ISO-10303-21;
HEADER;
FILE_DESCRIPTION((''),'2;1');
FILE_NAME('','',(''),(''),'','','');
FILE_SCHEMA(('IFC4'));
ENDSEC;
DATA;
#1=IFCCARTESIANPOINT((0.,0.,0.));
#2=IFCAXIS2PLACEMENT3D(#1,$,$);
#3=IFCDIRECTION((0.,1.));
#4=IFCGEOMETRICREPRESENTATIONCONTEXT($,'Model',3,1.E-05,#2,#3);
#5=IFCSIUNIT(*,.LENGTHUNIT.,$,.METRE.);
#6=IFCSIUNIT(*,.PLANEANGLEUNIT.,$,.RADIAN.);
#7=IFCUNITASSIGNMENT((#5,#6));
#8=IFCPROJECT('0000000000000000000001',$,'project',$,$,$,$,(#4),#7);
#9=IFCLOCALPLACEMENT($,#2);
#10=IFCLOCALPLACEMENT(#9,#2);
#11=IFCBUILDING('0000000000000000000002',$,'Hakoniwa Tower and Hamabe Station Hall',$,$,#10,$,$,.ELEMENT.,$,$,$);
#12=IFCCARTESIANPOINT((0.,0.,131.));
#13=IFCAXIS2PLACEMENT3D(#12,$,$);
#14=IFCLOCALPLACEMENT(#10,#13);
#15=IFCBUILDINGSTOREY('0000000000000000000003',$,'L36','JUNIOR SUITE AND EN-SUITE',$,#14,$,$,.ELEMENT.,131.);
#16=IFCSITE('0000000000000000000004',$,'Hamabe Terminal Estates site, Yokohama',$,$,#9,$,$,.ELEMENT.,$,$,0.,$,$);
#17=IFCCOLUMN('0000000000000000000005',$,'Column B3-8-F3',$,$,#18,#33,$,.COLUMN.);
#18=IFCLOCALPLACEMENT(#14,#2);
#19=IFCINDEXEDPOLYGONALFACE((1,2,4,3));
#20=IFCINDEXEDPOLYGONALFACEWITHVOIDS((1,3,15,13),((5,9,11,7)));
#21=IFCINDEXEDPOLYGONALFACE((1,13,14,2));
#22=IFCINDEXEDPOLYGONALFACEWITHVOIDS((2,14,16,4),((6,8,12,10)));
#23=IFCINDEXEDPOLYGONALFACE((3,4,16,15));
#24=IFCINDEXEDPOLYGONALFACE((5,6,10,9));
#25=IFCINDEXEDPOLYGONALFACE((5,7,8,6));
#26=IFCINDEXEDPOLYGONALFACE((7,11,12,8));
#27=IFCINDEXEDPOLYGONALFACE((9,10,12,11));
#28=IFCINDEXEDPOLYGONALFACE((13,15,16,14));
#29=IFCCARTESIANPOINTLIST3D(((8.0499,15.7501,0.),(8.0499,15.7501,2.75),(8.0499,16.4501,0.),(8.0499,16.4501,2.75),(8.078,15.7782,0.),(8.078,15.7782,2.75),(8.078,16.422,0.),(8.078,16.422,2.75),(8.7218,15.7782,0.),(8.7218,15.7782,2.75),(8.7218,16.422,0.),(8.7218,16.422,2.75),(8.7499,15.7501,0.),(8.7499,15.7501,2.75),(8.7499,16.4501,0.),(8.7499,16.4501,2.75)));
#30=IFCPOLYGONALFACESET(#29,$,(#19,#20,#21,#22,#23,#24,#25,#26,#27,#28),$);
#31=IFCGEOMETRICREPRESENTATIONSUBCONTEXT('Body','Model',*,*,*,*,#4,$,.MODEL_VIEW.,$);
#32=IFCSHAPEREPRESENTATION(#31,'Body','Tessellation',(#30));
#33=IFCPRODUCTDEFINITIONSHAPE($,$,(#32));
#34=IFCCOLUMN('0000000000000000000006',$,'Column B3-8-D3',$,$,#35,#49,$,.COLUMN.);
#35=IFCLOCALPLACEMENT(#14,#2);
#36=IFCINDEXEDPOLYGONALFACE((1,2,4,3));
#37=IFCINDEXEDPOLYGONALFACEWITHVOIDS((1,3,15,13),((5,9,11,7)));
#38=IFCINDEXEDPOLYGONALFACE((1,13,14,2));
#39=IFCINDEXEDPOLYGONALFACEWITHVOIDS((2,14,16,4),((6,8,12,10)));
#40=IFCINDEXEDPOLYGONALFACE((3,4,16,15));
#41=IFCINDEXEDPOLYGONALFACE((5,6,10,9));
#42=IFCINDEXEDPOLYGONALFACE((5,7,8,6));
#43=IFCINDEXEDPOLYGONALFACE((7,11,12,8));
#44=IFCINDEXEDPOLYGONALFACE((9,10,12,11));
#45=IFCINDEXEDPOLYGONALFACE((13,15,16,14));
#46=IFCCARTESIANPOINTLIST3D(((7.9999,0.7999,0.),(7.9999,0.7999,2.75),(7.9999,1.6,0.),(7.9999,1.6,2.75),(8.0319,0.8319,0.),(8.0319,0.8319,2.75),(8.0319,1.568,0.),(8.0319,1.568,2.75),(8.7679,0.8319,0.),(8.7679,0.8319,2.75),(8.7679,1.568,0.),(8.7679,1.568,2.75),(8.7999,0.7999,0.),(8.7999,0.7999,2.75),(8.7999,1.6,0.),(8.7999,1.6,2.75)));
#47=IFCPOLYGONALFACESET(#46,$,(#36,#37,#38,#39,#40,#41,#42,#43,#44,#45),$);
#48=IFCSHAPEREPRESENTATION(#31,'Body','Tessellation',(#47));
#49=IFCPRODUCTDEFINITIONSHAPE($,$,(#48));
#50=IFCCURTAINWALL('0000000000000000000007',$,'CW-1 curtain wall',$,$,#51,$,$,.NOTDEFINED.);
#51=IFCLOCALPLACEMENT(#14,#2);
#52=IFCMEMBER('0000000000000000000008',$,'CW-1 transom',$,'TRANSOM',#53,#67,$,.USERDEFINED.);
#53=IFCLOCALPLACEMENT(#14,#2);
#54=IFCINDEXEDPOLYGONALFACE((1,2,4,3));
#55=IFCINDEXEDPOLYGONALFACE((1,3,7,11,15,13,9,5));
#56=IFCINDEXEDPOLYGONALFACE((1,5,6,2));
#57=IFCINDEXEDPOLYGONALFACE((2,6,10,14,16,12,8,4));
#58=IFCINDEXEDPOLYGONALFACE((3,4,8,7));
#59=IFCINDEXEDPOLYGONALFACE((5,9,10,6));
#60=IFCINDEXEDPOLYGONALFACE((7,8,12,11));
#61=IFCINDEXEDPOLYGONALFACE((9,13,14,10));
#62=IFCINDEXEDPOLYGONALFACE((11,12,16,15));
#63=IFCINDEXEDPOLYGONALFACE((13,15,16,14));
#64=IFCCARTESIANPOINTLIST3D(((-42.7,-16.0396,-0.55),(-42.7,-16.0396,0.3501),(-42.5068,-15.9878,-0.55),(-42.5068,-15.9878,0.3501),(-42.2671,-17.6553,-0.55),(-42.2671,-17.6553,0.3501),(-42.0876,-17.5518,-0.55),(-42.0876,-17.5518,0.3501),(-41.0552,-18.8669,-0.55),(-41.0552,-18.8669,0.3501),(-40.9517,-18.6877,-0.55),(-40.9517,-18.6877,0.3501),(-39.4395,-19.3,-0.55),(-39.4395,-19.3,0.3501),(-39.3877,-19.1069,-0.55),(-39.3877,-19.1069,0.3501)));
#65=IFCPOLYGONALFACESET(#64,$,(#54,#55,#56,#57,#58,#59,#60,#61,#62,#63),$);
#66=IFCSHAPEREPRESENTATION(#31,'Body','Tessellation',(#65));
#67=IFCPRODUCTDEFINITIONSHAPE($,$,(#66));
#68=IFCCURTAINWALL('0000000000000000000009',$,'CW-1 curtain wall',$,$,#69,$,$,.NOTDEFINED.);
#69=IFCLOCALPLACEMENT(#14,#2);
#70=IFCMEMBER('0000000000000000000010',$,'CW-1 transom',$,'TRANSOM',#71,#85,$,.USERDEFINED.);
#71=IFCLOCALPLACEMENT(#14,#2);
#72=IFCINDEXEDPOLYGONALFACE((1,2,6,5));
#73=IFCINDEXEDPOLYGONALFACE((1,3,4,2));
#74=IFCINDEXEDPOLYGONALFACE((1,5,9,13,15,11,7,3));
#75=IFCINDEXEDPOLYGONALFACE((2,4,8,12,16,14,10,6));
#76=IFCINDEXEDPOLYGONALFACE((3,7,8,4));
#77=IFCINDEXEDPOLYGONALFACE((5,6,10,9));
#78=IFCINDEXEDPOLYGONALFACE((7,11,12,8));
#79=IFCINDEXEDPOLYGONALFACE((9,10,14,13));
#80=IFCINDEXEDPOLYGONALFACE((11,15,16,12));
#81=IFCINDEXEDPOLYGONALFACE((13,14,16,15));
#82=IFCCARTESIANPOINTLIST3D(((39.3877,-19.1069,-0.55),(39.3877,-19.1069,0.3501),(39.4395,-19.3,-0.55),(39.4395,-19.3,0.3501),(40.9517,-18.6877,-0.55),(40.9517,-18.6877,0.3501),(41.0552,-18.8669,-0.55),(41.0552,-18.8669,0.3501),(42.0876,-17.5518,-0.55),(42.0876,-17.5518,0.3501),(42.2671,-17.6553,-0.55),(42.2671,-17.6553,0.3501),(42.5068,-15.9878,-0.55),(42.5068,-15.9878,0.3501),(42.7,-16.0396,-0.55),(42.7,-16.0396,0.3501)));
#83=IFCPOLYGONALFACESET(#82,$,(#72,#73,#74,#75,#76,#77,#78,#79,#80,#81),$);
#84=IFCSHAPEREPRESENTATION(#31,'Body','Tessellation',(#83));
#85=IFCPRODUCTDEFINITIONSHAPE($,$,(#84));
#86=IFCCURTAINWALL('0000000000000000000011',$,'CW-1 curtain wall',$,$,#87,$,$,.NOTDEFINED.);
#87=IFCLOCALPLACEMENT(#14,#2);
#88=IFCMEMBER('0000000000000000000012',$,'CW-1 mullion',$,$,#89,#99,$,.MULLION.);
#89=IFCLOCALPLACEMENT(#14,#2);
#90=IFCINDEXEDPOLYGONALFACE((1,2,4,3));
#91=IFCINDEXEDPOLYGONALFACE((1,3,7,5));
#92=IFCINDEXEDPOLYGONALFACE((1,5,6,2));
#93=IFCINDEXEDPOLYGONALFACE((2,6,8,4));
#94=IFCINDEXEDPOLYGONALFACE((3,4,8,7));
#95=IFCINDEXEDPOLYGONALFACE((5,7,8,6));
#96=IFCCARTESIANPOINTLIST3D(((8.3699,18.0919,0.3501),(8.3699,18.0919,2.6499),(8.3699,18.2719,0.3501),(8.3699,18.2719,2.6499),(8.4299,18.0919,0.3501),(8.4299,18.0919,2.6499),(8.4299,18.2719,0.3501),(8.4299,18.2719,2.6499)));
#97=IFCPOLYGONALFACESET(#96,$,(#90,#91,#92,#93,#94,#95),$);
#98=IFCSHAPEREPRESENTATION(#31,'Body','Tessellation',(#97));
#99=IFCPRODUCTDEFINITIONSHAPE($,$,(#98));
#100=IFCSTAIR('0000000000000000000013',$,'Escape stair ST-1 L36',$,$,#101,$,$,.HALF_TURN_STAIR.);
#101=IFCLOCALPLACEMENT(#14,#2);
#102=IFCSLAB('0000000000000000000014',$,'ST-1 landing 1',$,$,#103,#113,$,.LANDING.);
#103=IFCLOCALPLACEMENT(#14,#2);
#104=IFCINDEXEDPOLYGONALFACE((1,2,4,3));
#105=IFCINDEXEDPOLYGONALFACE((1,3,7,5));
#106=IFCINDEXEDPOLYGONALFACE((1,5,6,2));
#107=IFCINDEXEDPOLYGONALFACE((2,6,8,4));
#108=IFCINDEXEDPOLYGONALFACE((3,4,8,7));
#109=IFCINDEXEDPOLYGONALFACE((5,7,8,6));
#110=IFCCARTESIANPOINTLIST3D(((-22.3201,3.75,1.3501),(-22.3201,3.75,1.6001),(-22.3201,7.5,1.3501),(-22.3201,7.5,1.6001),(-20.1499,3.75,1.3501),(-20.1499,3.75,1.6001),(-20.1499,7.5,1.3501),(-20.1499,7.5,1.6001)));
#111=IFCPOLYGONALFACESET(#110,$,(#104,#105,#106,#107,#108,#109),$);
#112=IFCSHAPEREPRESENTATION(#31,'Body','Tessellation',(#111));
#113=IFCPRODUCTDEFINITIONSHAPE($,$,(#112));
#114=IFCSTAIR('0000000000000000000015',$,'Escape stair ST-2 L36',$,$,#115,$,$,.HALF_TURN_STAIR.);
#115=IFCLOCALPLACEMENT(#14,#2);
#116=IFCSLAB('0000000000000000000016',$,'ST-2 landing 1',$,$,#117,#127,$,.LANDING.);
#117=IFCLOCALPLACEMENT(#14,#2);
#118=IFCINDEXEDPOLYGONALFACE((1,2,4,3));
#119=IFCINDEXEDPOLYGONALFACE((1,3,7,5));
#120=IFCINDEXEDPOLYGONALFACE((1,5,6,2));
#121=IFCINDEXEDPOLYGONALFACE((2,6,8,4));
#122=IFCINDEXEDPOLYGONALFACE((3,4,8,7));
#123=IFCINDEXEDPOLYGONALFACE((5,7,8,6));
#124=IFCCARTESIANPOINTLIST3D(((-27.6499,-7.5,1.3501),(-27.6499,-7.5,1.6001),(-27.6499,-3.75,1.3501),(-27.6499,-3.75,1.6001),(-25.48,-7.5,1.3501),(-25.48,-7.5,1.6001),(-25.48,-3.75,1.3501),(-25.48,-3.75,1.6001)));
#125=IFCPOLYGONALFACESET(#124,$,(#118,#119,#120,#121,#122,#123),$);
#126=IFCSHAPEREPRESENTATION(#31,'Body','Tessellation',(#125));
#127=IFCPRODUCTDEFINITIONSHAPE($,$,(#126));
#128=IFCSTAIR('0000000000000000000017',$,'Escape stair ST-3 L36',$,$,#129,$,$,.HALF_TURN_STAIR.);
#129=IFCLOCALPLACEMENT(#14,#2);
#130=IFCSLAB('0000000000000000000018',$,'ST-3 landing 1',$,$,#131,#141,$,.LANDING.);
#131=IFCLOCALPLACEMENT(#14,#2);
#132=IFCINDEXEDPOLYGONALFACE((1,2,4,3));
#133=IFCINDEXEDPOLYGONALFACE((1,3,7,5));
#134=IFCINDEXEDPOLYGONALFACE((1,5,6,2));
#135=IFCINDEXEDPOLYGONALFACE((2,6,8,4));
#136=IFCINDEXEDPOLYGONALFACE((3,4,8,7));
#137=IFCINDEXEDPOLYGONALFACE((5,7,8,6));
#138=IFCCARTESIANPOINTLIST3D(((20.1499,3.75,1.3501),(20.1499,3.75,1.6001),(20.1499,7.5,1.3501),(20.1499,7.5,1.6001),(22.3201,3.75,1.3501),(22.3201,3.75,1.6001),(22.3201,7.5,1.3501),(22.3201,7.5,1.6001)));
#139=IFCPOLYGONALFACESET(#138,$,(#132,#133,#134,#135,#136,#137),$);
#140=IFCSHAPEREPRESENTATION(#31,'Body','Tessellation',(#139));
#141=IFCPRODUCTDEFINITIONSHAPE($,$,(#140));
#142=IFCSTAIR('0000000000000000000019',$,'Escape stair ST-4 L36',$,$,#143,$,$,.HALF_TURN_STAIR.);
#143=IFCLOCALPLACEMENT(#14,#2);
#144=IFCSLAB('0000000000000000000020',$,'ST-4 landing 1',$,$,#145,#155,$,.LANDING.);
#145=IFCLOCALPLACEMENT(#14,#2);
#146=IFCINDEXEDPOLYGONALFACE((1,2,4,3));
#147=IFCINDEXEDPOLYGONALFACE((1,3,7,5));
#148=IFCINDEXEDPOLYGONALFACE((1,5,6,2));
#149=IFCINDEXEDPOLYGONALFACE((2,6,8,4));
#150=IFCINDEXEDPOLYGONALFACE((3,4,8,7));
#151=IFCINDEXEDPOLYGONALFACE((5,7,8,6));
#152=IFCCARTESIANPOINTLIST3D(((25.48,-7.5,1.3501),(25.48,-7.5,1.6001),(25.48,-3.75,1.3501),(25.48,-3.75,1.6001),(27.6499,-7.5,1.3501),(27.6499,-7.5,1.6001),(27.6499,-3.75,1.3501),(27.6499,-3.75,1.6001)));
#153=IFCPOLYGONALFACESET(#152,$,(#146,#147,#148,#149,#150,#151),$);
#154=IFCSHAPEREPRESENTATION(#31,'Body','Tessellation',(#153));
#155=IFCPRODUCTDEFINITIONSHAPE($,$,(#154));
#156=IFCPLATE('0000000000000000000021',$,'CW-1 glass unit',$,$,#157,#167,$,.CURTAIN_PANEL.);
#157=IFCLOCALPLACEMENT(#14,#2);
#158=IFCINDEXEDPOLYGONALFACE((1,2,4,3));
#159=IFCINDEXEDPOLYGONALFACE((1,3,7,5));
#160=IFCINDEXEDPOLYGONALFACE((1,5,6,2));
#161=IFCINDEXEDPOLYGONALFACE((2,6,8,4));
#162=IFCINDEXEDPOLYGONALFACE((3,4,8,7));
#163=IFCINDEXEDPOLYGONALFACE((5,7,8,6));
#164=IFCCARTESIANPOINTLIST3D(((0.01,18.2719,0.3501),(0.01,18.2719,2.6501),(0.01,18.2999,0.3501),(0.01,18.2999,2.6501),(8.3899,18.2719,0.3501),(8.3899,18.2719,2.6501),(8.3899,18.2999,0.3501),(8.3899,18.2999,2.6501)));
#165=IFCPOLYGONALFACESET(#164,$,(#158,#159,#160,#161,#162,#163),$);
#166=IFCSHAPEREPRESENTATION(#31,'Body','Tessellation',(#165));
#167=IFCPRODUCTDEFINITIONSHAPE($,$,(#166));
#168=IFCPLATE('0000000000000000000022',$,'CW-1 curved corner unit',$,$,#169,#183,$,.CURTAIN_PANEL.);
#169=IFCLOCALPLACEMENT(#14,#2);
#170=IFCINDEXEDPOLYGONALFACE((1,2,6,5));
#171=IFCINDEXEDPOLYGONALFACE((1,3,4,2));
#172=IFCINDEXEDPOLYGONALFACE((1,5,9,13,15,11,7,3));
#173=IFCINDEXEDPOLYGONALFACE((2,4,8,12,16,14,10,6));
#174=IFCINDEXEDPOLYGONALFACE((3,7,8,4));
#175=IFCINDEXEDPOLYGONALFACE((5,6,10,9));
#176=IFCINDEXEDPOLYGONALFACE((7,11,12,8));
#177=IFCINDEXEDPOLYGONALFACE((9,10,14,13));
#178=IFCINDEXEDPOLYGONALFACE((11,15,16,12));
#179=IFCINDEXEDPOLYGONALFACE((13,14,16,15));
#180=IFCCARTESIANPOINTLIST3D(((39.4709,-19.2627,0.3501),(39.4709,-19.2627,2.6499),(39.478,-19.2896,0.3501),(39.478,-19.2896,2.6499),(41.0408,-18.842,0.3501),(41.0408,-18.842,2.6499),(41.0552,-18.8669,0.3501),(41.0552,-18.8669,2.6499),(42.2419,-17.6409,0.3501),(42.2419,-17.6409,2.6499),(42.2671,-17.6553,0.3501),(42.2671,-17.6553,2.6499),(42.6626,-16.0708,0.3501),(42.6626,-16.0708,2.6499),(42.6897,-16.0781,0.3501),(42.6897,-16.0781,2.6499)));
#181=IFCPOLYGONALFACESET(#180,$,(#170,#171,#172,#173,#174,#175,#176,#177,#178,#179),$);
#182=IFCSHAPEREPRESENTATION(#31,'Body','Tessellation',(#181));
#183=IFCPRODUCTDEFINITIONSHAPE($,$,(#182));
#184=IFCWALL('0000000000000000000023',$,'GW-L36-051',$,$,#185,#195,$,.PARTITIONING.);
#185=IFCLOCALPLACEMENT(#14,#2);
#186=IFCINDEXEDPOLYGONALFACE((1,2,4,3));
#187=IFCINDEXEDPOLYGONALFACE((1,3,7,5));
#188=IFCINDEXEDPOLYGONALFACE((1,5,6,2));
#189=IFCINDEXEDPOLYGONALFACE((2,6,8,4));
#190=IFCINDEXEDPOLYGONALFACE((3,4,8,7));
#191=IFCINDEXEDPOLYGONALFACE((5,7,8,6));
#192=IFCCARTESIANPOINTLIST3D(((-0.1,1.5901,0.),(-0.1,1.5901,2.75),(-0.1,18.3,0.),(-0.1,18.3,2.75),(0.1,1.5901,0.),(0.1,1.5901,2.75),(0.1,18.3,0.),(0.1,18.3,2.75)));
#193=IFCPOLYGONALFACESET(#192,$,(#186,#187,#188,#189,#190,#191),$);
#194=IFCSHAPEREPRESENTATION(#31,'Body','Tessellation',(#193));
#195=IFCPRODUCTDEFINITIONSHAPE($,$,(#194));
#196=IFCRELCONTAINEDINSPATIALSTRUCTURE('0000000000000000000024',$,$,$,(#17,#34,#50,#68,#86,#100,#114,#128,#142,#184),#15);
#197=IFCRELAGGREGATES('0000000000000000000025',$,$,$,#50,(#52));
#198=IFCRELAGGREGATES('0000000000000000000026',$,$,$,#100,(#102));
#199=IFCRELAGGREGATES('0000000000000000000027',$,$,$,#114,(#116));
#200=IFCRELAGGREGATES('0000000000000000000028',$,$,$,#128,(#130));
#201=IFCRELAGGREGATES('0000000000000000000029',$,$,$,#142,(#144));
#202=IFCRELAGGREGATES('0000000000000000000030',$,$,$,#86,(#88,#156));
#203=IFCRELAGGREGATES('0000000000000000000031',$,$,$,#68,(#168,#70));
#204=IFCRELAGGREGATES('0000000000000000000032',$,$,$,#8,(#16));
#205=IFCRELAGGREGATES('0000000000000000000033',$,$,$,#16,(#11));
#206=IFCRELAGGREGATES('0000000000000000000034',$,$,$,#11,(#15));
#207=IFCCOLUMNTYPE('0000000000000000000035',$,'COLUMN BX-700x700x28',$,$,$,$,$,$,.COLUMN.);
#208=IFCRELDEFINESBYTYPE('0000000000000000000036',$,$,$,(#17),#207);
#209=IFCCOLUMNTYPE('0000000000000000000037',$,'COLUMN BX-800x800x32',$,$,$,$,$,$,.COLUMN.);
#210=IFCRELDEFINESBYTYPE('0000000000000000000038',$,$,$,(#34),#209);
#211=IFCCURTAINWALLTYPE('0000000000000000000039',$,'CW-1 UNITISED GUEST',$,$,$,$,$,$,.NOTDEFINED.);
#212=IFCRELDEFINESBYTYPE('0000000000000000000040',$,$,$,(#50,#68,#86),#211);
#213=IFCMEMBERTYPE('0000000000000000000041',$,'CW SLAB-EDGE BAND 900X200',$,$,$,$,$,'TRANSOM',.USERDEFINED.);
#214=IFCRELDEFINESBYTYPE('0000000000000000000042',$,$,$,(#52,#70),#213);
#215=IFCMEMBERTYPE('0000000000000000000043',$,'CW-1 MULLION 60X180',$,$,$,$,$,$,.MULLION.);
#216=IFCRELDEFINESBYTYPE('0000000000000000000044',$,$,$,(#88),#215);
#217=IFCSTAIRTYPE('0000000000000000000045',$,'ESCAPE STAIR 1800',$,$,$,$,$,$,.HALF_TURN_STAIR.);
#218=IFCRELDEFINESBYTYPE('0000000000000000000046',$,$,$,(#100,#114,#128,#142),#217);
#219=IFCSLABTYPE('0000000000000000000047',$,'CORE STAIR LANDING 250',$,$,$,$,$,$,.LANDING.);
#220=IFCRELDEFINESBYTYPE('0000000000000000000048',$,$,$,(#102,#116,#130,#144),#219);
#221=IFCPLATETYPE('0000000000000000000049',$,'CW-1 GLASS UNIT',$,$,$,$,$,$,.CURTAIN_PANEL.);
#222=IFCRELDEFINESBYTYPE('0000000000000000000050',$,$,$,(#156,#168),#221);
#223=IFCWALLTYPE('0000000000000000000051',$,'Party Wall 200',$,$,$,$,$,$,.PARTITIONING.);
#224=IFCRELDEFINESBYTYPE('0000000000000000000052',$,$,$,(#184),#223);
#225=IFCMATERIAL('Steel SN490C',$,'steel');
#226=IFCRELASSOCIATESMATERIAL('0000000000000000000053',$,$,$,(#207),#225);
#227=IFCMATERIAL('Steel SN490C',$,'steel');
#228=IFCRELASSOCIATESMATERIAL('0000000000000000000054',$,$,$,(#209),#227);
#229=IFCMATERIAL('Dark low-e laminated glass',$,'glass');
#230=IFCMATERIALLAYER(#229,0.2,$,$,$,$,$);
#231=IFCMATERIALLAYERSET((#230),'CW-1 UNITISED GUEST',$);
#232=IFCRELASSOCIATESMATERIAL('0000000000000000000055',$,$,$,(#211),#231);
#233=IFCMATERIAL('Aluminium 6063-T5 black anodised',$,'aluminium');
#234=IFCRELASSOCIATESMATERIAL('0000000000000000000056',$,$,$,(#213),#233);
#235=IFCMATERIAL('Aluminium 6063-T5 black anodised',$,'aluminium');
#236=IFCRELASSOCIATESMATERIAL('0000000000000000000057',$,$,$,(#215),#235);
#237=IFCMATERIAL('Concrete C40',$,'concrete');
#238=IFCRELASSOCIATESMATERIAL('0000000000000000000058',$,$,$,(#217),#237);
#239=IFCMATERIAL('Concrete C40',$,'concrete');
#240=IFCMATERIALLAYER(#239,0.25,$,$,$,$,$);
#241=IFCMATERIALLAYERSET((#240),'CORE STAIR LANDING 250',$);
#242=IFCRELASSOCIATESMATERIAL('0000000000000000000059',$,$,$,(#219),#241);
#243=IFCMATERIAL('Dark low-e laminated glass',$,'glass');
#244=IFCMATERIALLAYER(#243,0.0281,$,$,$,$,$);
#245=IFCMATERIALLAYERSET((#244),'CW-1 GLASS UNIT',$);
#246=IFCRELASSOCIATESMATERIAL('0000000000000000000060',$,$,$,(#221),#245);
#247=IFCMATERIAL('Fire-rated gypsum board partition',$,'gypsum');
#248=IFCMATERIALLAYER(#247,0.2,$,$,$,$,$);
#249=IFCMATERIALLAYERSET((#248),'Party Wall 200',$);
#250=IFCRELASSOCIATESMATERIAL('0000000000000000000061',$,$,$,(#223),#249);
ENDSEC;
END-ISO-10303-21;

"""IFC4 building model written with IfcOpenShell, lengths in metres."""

from ifc_helpers import new_model, si_unit, direction, frame, frame_2d, origin, origin_2d, place, context, subcontext, project, spatial, polyline, rectangle, hollow_rectangle, outline, extrude, material, layer, layer_set, material_profile, profile_set, type_object, element, aggregate, save


model = new_model("IFC4")

# Units and contexts
model_context = context("Model", 3, precision=1e-05, world=origin(), true_north=direction((0.0, 1.0)))
body_context = subcontext(model_context, "Body", "Model", "MODEL_VIEW")
ifc_project = project(units=[si_unit("LENGTHUNIT", "METRE"), si_unit("PLANEANGLEUNIT", "RADIAN")], contexts=[model_context])

# Site, building, storey
site_placement = place(None, origin())
site = spatial("IfcSite", under=ifc_project, at=site_placement, Name="Hamabe Terminal Estates site, Yokohama", CompositionType="ELEMENT", RefElevation=0.0)
building_placement = place(site_placement, origin())
building = spatial("IfcBuilding", under=site, at=building_placement, Name="Hakoniwa Tower and Hamabe Station Hall", CompositionType="ELEMENT")
storey_placement = place(building_placement, frame((0.0, 0.0, 131.0)))
storey = spatial("IfcBuildingStorey", under=building, at=storey_placement, Name="L36", Description="JUNIOR SUITE AND EN-SUITE", CompositionType="ELEMENT", Elevation=131.0)

# Columns
ifc_material_1 = material(Name="Steel SN490C", Category="steel")
ifc_material_profile_1 = material_profile(ifc_material_1, hollow_rectangle(XDim=0.7, YDim=0.7, WallThickness=0.0281, at=origin_2d()), Name="BX-700x700x28")
ifc_profile_set_1 = profile_set([ifc_material_profile_1], Name="Steel SN490C")
column_type_1 = type_object("IfcColumnType", Name="COLUMN BX-700x700x28", PredefinedType="COLUMN", material=ifc_profile_set_1)
column_1_placement = place(storey_placement, frame((8.3999, 16.1001, 0.0), z_axis=(0.0, 0.0, 1.0), x_axis=(1.0, 0.0, 0.0)))
element("IfcColumn", 1, at=column_1_placement, inside=storey, type_object=column_type_1, Name="Column B3-8-F3", PredefinedType="COLUMN", context=body_context, shape_type="SweptSolid", body=[
    extrude(hollow_rectangle(XDim=0.7, YDim=0.7, WallThickness=0.0281, at=origin_2d()), origin(), (0.0, 0.0, 1.0), 2.75),
])
ifc_material_2 = material(Name="Steel SN490C", Category="steel")
ifc_material_profile_2 = material_profile(ifc_material_2, hollow_rectangle(XDim=0.8, YDim=0.8, WallThickness=0.032, at=origin_2d()), Name="BX-800x800x32")
ifc_profile_set_2 = profile_set([ifc_material_profile_2], Name="Steel SN490C")
column_type_2 = type_object("IfcColumnType", Name="COLUMN BX-800x800x32", PredefinedType="COLUMN", material=ifc_profile_set_2)
column_2_placement = place(storey_placement, frame((8.3999, 1.2, 0.0), z_axis=(0.0, 0.0, 1.0), x_axis=(1.0, 0.0, 0.0)))
element("IfcColumn", 2, at=column_2_placement, inside=storey, type_object=column_type_2, Name="Column B3-8-D3", PredefinedType="COLUMN", context=body_context, shape_type="SweptSolid", body=[
    extrude(hollow_rectangle(XDim=0.8, YDim=0.8, WallThickness=0.032, at=origin_2d()), origin(), (0.0, 0.0, 1.0), 2.75),
])

# Curtain walls, members
ifc_material_3 = material(Name="Dark low-e laminated glass", Category="glass")
ifc_layer_1 = layer(ifc_material_3, 0.2)
ifc_layer_set_1 = layer_set([ifc_layer_1], Name="CW-1 UNITISED GUEST")
curtain_wall_type = type_object("IfcCurtainWallType", Name="CW-1 UNITISED GUEST", PredefinedType="NOTDEFINED", material=ifc_layer_set_1)
curtain_wall_1_placement = place(storey_placement, origin())
curtain_wall_1 = element("IfcCurtainWall", 3, at=curtain_wall_1_placement, inside=storey, type_object=curtain_wall_type, Name="CW-1 curtain wall", PredefinedType="NOTDEFINED")
ifc_material_4 = material(Name="Aluminium 6063-T5 black anodised", Category="aluminium")
ifc_material_profile_3 = material_profile(ifc_material_4, rectangle(XDim=0.2, YDim=0.8999, at=origin_2d()), Name="CW SLAB-EDGE BAND 900X200")
ifc_profile_set_3 = profile_set([ifc_material_profile_3], Name="Aluminium 6063-T5 black anodised")
member_type_1 = type_object("IfcMemberType", Name="CW SLAB-EDGE BAND 900X200", ElementType="TRANSOM", PredefinedType="USERDEFINED", material=ifc_profile_set_3)
member_1_placement = place(storey_placement, frame((0.0, 0.0, -0.55)))
member_1 = element("IfcMember", 4, at=member_1_placement, type_object=member_type_1, Name="CW-1 transom", ObjectType="TRANSOM", PredefinedType="USERDEFINED", context=body_context, shape_type="SweptSolid", body=[
    extrude(outline(polyline([(-42.7, -16.0396), (-42.2671, -17.6553), (-41.0552, -18.8669), (-39.4395, -19.3), (-39.3877, -19.1069), (-40.9517, -18.6877), (-42.0876, -17.5518), (-42.5068, -15.9878), (-42.7, -16.0396)])), origin(), (0.0, 0.0, 1.0), 0.9001),
])
aggregate(curtain_wall_1, [member_1])
curtain_wall_2_placement = place(storey_placement, origin())
curtain_wall_2 = element("IfcCurtainWall", 5, at=curtain_wall_2_placement, inside=storey, type_object=curtain_wall_type, Name="CW-1 curtain wall", PredefinedType="NOTDEFINED")
member_2_placement = place(storey_placement, frame((0.0, 0.0, -0.55)))
member_2 = element("IfcMember", 6, at=member_2_placement, type_object=member_type_1, Name="CW-1 transom", ObjectType="TRANSOM", PredefinedType="USERDEFINED", context=body_context, shape_type="SweptSolid", body=[
    extrude(outline(polyline([(39.4395, -19.3), (41.0552, -18.8669), (42.2671, -17.6553), (42.7, -16.0396), (42.5068, -15.9878), (42.0876, -17.5518), (40.9517, -18.6877), (39.3877, -19.1069), (39.4395, -19.3)])), origin(), (0.0, 0.0, 1.0), 0.9001),
])
curtain_wall_3_placement = place(storey_placement, origin())
curtain_wall_3 = element("IfcCurtainWall", 7, at=curtain_wall_3_placement, inside=storey, type_object=curtain_wall_type, Name="CW-1 curtain wall", PredefinedType="NOTDEFINED")
ifc_material_5 = material(Name="Aluminium 6063-T5 black anodised", Category="aluminium")
ifc_material_profile_4 = material_profile(ifc_material_5, rectangle(XDim=0.0601, YDim=0.1799, at=origin_2d()), Name="CW-1 MULLION 60X180")
ifc_profile_set_4 = profile_set([ifc_material_profile_4], Name="Aluminium 6063-T5 black anodised")
member_type_2 = type_object("IfcMemberType", Name="CW-1 MULLION 60X180", PredefinedType="MULLION", material=ifc_profile_set_4)
member_3_placement = place(storey_placement, frame((8.3999, 18.1819, 0.3501), z_axis=(0.0, 0.0, 1.0), x_axis=(-1.0, 0.0, 0.0)))
member_3 = element("IfcMember", 8, at=member_3_placement, type_object=member_type_2, Name="CW-1 mullion", PredefinedType="MULLION", context=body_context, shape_type="SweptSolid", body=[
    extrude(rectangle(XDim=0.0601, YDim=0.1799, at=origin_2d()), origin(), (0.0, 0.0, 1.0), 2.2998),
])

# Stairs, slabs
ifc_material_6 = material(Name="Concrete C40", Category="concrete")
stair_type = type_object("IfcStairType", Name="ESCAPE STAIR 1800", PredefinedType="HALF_TURN_STAIR", material=ifc_material_6)
stair_1_placement = place(storey_placement, origin())
stair_1 = element("IfcStair", 9, at=stair_1_placement, inside=storey, type_object=stair_type, Name="Escape stair ST-1 L36", PredefinedType="HALF_TURN_STAIR")
ifc_material_7 = material(Name="Concrete C40", Category="concrete")
ifc_layer_2 = layer(ifc_material_7, 0.25)
ifc_layer_set_2 = layer_set([ifc_layer_2], Name="CORE STAIR LANDING 250")
slab_type = type_object("IfcSlabType", Name="CORE STAIR LANDING 250", PredefinedType="LANDING", material=ifc_layer_set_2)
slab_1_placement = place(storey_placement, frame((0.0, 0.0, 1.3501)))
slab_1 = element("IfcSlab", 10, at=slab_1_placement, type_object=slab_type, Name="ST-1 landing 1", PredefinedType="LANDING", context=body_context, shape_type="SweptSolid", body=[
    extrude(outline(polyline([(-22.3201, 3.75), (-20.1499, 3.75), (-20.1499, 7.5), (-22.3201, 7.5), (-22.3201, 3.75)])), origin(), (0.0, 0.0, 1.0), 0.25),
])
aggregate(stair_1, [slab_1])
stair_2_placement = place(storey_placement, origin())
stair_2 = element("IfcStair", 11, at=stair_2_placement, inside=storey, type_object=stair_type, Name="Escape stair ST-2 L36", PredefinedType="HALF_TURN_STAIR")
slab_2_placement = place(storey_placement, frame((0.0, 0.0, 1.3501)))
slab_2 = element("IfcSlab", 12, at=slab_2_placement, type_object=slab_type, Name="ST-2 landing 1", PredefinedType="LANDING", context=body_context, shape_type="SweptSolid", body=[
    extrude(outline(polyline([(-25.48, -7.5), (-27.6499, -7.5), (-27.6499, -3.75), (-25.48, -3.75), (-25.48, -7.5)])), origin(), (0.0, 0.0, 1.0), 0.25),
])
aggregate(stair_2, [slab_2])
stair_3_placement = place(storey_placement, origin())
stair_3 = element("IfcStair", 13, at=stair_3_placement, inside=storey, type_object=stair_type, Name="Escape stair ST-3 L36", PredefinedType="HALF_TURN_STAIR")
slab_3_placement = place(storey_placement, frame((0.0, 0.0, 1.3501)))
slab_3 = element("IfcSlab", 14, at=slab_3_placement, type_object=slab_type, Name="ST-3 landing 1", PredefinedType="LANDING", context=body_context, shape_type="SweptSolid", body=[
    extrude(outline(polyline([(22.3201, 3.75), (20.1499, 3.75), (20.1499, 7.5), (22.3201, 7.5), (22.3201, 3.75)])), origin(), (0.0, 0.0, 1.0), 0.25),
])
aggregate(stair_3, [slab_3])
stair_4_placement = place(storey_placement, origin())
stair_4 = element("IfcStair", 15, at=stair_4_placement, inside=storey, type_object=stair_type, Name="Escape stair ST-4 L36", PredefinedType="HALF_TURN_STAIR")
slab_4_placement = place(storey_placement, frame((0.0, 0.0, 1.3501)))
slab_4 = element("IfcSlab", 16, at=slab_4_placement, type_object=slab_type, Name="ST-4 landing 1", PredefinedType="LANDING", context=body_context, shape_type="SweptSolid", body=[
    extrude(outline(polyline([(25.48, -7.5), (27.6499, -7.5), (27.6499, -3.75), (25.48, -3.75), (25.48, -7.5)])), origin(), (0.0, 0.0, 1.0), 0.25),
])
aggregate(stair_4, [slab_4])

# Plates
ifc_material_8 = material(Name="Dark low-e laminated glass", Category="glass")
ifc_layer_3 = layer(ifc_material_8, 0.0281)
ifc_layer_set_3 = layer_set([ifc_layer_3], Name="CW-1 GLASS UNIT")
plate_type = type_object("IfcPlateType", Name="CW-1 GLASS UNIT", PredefinedType="CURTAIN_PANEL", material=ifc_layer_set_3)
plate_1_placement = place(storey_placement, frame((4.2, 18.2859, 0.3501), z_axis=(0.0, 0.0, 1.0), x_axis=(-1.0, 0.0, 0.0)))
plate_1 = element("IfcPlate", 17, at=plate_1_placement, type_object=plate_type, Name="CW-1 glass unit", PredefinedType="CURTAIN_PANEL", context=body_context, shape_type="SweptSolid", body=[
    extrude(rectangle(XDim=8.3799, YDim=0.0281, at=origin_2d()), origin(), (0.0, 0.0, 1.0), 2.3),
])
aggregate(curtain_wall_3, [member_3, plate_1])
plate_2_placement = place(storey_placement, frame((0.0, 0.0, 0.3501)))
plate_2 = element("IfcPlate", 18, at=plate_2_placement, type_object=plate_type, Name="CW-1 curved corner unit", PredefinedType="CURTAIN_PANEL", context=body_context, shape_type="SweptSolid", body=[
    extrude(outline(polyline([(39.478, -19.2896), (41.0552, -18.8669), (42.2671, -17.6553), (42.6897, -16.0781), (42.6626, -16.0708), (42.2419, -17.6409), (41.0408, -18.842), (39.4709, -19.2627), (39.478, -19.2896)])), origin(), (0.0, 0.0, 1.0), 2.2998),
])
aggregate(curtain_wall_2, [plate_2, member_2])

# Wall
ifc_material_9 = material(Name="Fire-rated gypsum board partition", Category="gypsum")
ifc_layer_4 = layer(ifc_material_9, 0.2)
ifc_layer_set_4 = layer_set([ifc_layer_4], Name="Party Wall 200")
wall_type = type_object("IfcWallType", Name="Party Wall 200", PredefinedType="PARTITIONING", material=ifc_layer_set_4)
wall_1_placement = place(storey_placement, frame((0.0, 1.5901, 0.0), z_axis=(0.0, 0.0, 1.0), x_axis=(0.0, 1.0, 0.0)))
element("IfcWall", 19, at=wall_1_placement, inside=storey, type_object=wall_type, Name="GW-L36-051", PredefinedType="PARTITIONING", context=body_context, shape_type="SweptSolid", body=[
    extrude(rectangle(XDim=16.71, YDim=0.2, at=frame_2d((8.355, 0.0))), origin(), (0.0, 0.0, 1.0), 2.75),
])

save(model, "model.ifc")
